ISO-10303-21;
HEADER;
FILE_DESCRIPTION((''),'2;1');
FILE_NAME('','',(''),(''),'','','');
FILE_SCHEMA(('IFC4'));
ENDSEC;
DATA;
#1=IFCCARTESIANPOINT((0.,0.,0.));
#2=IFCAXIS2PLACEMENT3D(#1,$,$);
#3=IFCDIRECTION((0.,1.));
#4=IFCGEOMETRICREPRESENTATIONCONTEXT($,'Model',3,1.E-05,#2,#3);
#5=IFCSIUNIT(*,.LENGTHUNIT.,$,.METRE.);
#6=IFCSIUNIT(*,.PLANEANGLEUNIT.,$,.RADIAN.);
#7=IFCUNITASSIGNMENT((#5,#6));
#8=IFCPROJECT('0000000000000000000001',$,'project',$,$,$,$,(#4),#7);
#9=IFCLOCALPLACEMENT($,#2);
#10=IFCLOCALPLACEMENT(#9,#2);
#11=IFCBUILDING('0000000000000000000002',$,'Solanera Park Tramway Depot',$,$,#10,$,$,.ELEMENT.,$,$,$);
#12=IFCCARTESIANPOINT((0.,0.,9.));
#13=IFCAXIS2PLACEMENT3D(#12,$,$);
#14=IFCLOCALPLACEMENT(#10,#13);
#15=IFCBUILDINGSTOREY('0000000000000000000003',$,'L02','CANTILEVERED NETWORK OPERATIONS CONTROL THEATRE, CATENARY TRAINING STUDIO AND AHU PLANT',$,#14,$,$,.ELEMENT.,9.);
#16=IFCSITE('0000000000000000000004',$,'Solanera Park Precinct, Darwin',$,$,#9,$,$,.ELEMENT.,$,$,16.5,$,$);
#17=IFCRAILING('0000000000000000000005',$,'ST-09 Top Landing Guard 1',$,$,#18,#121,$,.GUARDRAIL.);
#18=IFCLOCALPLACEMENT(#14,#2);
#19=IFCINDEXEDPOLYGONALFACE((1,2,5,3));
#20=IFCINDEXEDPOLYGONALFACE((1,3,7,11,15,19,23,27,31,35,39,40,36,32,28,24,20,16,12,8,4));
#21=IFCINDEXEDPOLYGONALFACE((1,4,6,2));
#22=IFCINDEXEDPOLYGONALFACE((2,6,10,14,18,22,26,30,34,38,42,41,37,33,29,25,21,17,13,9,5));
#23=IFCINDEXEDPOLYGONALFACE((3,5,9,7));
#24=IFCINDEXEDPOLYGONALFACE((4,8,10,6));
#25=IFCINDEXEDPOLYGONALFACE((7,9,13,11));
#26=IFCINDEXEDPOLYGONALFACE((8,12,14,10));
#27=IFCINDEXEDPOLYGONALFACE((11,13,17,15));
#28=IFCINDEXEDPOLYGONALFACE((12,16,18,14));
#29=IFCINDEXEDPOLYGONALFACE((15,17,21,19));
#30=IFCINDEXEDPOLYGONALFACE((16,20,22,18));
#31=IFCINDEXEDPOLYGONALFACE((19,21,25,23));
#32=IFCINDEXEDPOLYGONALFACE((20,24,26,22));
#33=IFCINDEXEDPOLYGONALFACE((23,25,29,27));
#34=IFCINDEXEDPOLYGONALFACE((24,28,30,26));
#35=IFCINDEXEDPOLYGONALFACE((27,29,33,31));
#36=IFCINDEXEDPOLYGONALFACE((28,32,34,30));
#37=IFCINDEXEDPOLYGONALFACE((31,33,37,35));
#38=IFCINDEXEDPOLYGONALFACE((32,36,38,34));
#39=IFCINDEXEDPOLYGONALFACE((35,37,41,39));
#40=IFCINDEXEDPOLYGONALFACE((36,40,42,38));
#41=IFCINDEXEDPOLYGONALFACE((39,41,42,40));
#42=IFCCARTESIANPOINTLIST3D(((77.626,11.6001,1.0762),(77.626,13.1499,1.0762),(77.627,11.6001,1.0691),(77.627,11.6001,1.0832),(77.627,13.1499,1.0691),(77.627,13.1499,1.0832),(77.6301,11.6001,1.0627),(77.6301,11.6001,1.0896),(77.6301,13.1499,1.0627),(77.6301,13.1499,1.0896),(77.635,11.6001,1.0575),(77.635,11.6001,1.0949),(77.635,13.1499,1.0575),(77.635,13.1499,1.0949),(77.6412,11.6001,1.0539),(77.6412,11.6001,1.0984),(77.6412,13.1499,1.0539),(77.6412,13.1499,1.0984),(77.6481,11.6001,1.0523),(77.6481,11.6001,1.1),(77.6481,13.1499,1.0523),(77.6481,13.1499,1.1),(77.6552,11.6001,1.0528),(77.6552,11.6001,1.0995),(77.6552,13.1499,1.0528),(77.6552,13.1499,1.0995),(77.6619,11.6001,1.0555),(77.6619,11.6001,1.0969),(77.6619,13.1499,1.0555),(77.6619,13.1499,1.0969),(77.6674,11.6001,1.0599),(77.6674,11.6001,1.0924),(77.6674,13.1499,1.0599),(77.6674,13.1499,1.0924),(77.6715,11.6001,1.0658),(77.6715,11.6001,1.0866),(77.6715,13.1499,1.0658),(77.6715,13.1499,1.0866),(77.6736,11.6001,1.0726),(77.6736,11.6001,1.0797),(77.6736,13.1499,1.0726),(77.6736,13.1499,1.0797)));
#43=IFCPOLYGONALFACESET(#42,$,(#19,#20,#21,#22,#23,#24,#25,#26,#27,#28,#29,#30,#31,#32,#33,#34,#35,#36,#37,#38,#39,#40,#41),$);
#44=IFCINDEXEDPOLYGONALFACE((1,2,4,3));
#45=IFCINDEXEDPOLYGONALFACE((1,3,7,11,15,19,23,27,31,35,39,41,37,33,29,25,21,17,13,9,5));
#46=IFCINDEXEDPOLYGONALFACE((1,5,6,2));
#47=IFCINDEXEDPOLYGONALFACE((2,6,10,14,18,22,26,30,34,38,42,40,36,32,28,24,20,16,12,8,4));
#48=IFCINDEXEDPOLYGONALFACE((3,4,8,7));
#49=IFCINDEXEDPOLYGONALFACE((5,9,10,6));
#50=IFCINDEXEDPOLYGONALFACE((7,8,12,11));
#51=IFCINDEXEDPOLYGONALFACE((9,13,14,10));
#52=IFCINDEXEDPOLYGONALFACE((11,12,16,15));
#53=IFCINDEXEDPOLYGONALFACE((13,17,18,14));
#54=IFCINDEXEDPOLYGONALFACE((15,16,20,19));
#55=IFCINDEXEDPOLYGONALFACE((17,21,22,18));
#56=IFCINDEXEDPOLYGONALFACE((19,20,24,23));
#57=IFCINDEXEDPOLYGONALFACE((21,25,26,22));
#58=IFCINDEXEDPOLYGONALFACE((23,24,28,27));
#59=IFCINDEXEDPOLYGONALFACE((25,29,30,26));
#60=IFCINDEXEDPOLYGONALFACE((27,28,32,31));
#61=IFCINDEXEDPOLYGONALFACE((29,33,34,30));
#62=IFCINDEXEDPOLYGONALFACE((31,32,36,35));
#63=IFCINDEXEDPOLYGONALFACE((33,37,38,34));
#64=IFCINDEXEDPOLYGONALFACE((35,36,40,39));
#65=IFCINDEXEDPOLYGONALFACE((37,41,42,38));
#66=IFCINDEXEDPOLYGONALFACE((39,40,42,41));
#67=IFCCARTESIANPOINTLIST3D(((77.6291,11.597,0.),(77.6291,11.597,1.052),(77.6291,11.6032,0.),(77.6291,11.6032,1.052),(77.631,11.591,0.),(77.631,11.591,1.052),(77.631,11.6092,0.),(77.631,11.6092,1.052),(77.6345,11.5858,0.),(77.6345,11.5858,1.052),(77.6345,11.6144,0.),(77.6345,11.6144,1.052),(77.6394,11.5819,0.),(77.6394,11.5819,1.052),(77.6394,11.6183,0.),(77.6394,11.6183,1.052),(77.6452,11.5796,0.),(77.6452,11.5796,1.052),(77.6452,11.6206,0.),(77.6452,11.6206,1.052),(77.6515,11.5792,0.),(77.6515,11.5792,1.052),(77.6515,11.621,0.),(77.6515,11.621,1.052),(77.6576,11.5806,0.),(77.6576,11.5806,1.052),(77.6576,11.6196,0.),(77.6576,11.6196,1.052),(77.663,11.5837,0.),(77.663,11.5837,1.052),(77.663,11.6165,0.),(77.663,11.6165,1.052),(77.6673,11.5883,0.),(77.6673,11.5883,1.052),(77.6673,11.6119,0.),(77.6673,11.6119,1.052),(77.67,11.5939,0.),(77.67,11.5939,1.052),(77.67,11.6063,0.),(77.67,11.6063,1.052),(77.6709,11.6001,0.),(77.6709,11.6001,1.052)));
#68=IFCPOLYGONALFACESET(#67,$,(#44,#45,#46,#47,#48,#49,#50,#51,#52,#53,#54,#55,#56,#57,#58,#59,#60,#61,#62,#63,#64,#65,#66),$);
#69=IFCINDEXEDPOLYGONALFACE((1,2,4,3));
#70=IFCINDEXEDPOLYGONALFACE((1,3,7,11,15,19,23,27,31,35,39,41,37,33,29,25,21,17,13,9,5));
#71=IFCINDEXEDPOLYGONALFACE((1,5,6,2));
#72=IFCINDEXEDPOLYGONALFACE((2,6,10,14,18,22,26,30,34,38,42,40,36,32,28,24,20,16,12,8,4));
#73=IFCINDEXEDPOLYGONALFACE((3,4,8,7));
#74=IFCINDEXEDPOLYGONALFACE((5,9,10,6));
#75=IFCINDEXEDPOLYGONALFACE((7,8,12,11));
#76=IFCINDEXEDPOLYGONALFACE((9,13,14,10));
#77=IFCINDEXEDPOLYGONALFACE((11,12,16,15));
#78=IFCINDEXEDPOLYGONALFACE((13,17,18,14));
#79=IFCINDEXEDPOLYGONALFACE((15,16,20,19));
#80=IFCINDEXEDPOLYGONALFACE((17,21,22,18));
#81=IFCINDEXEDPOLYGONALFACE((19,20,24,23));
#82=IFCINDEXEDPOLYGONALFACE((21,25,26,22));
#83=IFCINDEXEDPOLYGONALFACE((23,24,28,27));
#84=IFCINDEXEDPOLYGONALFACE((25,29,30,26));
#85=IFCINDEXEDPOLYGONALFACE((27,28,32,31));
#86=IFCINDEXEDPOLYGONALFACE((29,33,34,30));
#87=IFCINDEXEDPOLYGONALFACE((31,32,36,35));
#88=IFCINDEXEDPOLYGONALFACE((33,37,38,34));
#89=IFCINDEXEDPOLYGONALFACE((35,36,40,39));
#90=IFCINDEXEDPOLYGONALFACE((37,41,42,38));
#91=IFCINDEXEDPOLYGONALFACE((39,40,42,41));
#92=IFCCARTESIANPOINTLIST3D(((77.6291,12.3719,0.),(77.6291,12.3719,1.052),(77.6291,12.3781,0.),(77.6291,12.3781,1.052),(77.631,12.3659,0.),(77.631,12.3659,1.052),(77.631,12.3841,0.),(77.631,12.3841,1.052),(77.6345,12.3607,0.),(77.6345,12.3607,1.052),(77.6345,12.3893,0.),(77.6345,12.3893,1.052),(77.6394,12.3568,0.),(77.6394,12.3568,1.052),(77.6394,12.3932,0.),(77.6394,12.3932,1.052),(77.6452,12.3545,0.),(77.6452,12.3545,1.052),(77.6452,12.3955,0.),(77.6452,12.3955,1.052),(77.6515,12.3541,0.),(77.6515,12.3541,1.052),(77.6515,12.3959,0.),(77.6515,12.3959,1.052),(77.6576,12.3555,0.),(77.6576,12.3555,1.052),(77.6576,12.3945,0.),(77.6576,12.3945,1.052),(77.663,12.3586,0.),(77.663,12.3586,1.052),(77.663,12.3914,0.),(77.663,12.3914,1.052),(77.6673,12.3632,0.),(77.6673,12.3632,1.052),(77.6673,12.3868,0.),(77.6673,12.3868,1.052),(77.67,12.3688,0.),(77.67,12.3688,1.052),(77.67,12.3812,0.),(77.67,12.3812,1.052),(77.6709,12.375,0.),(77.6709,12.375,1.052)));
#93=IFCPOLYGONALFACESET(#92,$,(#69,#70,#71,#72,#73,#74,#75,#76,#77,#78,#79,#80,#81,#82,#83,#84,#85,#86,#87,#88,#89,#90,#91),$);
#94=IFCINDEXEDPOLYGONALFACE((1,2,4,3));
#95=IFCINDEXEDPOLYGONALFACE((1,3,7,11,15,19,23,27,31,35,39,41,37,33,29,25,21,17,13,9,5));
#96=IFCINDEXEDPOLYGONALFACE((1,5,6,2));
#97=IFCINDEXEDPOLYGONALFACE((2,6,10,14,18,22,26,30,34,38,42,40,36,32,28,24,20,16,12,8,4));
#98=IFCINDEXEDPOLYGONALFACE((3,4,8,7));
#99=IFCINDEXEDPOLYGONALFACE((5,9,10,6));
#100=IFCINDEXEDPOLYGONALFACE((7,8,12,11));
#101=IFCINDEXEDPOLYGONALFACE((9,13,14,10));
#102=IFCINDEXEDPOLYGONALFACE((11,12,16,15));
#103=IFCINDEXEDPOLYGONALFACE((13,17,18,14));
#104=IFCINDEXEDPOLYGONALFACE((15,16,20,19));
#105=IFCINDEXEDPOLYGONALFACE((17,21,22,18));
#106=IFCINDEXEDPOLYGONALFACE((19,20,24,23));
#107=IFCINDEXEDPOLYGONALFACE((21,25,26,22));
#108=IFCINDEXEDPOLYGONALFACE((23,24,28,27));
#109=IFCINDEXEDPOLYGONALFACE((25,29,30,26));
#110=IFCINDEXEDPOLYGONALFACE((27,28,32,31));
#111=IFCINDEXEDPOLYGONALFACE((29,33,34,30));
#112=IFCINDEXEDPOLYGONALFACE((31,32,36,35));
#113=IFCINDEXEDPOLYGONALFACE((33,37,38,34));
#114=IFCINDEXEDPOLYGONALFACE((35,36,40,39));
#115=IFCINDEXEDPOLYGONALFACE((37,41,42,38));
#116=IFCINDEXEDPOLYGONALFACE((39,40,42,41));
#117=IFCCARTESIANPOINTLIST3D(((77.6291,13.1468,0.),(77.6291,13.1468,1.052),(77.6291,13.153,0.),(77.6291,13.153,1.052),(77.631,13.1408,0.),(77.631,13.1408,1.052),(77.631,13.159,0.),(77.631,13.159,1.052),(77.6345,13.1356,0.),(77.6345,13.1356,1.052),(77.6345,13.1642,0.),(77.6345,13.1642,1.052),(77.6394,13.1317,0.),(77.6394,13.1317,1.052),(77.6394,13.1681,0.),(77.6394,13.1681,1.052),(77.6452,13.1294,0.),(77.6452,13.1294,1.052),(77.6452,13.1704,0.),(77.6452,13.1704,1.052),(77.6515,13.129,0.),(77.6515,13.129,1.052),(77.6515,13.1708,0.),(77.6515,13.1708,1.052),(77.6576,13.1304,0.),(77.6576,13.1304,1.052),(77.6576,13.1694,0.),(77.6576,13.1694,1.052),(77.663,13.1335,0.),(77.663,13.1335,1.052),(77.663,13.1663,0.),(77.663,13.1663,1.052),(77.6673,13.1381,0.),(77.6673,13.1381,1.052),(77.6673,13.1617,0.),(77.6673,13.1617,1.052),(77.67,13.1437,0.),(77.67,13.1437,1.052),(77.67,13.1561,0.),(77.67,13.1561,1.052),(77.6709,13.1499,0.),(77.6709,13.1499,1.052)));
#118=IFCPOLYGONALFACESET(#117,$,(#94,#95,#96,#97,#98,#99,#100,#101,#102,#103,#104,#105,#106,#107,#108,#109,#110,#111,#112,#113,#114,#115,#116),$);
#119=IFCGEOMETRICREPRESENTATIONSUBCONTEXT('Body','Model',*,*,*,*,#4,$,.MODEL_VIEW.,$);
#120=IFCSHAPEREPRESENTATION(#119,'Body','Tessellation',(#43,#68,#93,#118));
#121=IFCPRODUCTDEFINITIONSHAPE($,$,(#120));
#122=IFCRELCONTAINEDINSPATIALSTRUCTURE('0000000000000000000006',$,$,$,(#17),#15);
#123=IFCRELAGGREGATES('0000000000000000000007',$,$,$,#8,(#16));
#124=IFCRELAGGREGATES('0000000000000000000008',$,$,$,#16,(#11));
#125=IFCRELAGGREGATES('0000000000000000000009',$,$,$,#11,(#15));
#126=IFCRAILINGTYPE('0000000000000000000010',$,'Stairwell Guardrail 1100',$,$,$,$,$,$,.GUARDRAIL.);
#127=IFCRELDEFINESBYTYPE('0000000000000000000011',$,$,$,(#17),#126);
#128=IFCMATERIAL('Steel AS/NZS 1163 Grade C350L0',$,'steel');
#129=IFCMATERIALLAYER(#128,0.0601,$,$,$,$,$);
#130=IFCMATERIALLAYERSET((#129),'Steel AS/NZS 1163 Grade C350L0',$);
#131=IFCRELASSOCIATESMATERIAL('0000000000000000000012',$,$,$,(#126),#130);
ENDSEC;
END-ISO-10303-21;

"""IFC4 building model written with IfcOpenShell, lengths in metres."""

from ifc_helpers import new_model, si_unit, direction, frame, origin, origin_2d, place, context, subcontext, project, spatial, circle, extrude, material, layer, layer_set, type_object, element, save


model = new_model("IFC4")

# Units and contexts
model_context = context("Model", 3, precision=1e-05, world=origin(), true_north=direction((0.0, 1.0)))
body_context = subcontext(model_context, "Body", "Model", "MODEL_VIEW")
ifc_project = project(units=[si_unit("LENGTHUNIT", "METRE"), si_unit("PLANEANGLEUNIT", "RADIAN")], contexts=[model_context])

# Site, building, storey
site_placement = place(None, origin())
site = spatial("IfcSite", under=ifc_project, at=site_placement, Name="Solanera Park Precinct, Darwin", CompositionType="ELEMENT", RefElevation=16.5)
building_placement = place(site_placement, origin())
building = spatial("IfcBuilding", under=site, at=building_placement, Name="Solanera Park Tramway Depot", CompositionType="ELEMENT")
storey_placement = place(building_placement, frame((0.0, 0.0, 9.0)))
storey = spatial("IfcBuildingStorey", under=building, at=storey_placement, Name="L02", Description="CANTILEVERED NETWORK OPERATIONS CONTROL THEATRE, CATENARY TRAINING STUDIO AND AHU PLANT", CompositionType="ELEMENT", Elevation=9.0)

# Railing
ifc_material_1 = material(Name="Steel AS/NZS 1163 Grade C350L0", Category="steel")
ifc_layer_1 = layer(ifc_material_1, 0.0601)
ifc_layer_set_1 = layer_set([ifc_layer_1], Name="Steel AS/NZS 1163 Grade C350L0")
railing_type = type_object("IfcRailingType", Name="Stairwell Guardrail 1100", PredefinedType="GUARDRAIL", material=ifc_layer_set_1)
railing_placement = place(storey_placement, frame((77.6499, 11.6001, 0.0)))
element("IfcRailing", 1, at=railing_placement, inside=storey, type_object=railing_type, Name="ST-09 Top Landing Guard 1", PredefinedType="GUARDRAIL", context=body_context, shape_type="SweptSolid", body=[
    extrude(circle(Radius=0.0239, at=origin_2d()), frame((0.0, 0.0, 1.0762), z_axis=(0.0, 1.0, 0.0), x_axis=(-1.0, 0.0, 0.0)), (0.0, 0.0, 1.0), 1.5498),
    extrude(circle(Radius=0.021, at=origin_2d()), origin(), (0.0, 0.0, 1.0), 1.052),
    extrude(circle(Radius=0.021, at=origin_2d()), frame((0.0, 0.7749, 0.0)), (0.0, 0.0, 1.0), 1.052),
    extrude(circle(Radius=0.021, at=origin_2d()), frame((0.0, 1.5498, 0.0)), (0.0, 0.0, 1.0), 1.052),
])

save(model, "model.ifc")
